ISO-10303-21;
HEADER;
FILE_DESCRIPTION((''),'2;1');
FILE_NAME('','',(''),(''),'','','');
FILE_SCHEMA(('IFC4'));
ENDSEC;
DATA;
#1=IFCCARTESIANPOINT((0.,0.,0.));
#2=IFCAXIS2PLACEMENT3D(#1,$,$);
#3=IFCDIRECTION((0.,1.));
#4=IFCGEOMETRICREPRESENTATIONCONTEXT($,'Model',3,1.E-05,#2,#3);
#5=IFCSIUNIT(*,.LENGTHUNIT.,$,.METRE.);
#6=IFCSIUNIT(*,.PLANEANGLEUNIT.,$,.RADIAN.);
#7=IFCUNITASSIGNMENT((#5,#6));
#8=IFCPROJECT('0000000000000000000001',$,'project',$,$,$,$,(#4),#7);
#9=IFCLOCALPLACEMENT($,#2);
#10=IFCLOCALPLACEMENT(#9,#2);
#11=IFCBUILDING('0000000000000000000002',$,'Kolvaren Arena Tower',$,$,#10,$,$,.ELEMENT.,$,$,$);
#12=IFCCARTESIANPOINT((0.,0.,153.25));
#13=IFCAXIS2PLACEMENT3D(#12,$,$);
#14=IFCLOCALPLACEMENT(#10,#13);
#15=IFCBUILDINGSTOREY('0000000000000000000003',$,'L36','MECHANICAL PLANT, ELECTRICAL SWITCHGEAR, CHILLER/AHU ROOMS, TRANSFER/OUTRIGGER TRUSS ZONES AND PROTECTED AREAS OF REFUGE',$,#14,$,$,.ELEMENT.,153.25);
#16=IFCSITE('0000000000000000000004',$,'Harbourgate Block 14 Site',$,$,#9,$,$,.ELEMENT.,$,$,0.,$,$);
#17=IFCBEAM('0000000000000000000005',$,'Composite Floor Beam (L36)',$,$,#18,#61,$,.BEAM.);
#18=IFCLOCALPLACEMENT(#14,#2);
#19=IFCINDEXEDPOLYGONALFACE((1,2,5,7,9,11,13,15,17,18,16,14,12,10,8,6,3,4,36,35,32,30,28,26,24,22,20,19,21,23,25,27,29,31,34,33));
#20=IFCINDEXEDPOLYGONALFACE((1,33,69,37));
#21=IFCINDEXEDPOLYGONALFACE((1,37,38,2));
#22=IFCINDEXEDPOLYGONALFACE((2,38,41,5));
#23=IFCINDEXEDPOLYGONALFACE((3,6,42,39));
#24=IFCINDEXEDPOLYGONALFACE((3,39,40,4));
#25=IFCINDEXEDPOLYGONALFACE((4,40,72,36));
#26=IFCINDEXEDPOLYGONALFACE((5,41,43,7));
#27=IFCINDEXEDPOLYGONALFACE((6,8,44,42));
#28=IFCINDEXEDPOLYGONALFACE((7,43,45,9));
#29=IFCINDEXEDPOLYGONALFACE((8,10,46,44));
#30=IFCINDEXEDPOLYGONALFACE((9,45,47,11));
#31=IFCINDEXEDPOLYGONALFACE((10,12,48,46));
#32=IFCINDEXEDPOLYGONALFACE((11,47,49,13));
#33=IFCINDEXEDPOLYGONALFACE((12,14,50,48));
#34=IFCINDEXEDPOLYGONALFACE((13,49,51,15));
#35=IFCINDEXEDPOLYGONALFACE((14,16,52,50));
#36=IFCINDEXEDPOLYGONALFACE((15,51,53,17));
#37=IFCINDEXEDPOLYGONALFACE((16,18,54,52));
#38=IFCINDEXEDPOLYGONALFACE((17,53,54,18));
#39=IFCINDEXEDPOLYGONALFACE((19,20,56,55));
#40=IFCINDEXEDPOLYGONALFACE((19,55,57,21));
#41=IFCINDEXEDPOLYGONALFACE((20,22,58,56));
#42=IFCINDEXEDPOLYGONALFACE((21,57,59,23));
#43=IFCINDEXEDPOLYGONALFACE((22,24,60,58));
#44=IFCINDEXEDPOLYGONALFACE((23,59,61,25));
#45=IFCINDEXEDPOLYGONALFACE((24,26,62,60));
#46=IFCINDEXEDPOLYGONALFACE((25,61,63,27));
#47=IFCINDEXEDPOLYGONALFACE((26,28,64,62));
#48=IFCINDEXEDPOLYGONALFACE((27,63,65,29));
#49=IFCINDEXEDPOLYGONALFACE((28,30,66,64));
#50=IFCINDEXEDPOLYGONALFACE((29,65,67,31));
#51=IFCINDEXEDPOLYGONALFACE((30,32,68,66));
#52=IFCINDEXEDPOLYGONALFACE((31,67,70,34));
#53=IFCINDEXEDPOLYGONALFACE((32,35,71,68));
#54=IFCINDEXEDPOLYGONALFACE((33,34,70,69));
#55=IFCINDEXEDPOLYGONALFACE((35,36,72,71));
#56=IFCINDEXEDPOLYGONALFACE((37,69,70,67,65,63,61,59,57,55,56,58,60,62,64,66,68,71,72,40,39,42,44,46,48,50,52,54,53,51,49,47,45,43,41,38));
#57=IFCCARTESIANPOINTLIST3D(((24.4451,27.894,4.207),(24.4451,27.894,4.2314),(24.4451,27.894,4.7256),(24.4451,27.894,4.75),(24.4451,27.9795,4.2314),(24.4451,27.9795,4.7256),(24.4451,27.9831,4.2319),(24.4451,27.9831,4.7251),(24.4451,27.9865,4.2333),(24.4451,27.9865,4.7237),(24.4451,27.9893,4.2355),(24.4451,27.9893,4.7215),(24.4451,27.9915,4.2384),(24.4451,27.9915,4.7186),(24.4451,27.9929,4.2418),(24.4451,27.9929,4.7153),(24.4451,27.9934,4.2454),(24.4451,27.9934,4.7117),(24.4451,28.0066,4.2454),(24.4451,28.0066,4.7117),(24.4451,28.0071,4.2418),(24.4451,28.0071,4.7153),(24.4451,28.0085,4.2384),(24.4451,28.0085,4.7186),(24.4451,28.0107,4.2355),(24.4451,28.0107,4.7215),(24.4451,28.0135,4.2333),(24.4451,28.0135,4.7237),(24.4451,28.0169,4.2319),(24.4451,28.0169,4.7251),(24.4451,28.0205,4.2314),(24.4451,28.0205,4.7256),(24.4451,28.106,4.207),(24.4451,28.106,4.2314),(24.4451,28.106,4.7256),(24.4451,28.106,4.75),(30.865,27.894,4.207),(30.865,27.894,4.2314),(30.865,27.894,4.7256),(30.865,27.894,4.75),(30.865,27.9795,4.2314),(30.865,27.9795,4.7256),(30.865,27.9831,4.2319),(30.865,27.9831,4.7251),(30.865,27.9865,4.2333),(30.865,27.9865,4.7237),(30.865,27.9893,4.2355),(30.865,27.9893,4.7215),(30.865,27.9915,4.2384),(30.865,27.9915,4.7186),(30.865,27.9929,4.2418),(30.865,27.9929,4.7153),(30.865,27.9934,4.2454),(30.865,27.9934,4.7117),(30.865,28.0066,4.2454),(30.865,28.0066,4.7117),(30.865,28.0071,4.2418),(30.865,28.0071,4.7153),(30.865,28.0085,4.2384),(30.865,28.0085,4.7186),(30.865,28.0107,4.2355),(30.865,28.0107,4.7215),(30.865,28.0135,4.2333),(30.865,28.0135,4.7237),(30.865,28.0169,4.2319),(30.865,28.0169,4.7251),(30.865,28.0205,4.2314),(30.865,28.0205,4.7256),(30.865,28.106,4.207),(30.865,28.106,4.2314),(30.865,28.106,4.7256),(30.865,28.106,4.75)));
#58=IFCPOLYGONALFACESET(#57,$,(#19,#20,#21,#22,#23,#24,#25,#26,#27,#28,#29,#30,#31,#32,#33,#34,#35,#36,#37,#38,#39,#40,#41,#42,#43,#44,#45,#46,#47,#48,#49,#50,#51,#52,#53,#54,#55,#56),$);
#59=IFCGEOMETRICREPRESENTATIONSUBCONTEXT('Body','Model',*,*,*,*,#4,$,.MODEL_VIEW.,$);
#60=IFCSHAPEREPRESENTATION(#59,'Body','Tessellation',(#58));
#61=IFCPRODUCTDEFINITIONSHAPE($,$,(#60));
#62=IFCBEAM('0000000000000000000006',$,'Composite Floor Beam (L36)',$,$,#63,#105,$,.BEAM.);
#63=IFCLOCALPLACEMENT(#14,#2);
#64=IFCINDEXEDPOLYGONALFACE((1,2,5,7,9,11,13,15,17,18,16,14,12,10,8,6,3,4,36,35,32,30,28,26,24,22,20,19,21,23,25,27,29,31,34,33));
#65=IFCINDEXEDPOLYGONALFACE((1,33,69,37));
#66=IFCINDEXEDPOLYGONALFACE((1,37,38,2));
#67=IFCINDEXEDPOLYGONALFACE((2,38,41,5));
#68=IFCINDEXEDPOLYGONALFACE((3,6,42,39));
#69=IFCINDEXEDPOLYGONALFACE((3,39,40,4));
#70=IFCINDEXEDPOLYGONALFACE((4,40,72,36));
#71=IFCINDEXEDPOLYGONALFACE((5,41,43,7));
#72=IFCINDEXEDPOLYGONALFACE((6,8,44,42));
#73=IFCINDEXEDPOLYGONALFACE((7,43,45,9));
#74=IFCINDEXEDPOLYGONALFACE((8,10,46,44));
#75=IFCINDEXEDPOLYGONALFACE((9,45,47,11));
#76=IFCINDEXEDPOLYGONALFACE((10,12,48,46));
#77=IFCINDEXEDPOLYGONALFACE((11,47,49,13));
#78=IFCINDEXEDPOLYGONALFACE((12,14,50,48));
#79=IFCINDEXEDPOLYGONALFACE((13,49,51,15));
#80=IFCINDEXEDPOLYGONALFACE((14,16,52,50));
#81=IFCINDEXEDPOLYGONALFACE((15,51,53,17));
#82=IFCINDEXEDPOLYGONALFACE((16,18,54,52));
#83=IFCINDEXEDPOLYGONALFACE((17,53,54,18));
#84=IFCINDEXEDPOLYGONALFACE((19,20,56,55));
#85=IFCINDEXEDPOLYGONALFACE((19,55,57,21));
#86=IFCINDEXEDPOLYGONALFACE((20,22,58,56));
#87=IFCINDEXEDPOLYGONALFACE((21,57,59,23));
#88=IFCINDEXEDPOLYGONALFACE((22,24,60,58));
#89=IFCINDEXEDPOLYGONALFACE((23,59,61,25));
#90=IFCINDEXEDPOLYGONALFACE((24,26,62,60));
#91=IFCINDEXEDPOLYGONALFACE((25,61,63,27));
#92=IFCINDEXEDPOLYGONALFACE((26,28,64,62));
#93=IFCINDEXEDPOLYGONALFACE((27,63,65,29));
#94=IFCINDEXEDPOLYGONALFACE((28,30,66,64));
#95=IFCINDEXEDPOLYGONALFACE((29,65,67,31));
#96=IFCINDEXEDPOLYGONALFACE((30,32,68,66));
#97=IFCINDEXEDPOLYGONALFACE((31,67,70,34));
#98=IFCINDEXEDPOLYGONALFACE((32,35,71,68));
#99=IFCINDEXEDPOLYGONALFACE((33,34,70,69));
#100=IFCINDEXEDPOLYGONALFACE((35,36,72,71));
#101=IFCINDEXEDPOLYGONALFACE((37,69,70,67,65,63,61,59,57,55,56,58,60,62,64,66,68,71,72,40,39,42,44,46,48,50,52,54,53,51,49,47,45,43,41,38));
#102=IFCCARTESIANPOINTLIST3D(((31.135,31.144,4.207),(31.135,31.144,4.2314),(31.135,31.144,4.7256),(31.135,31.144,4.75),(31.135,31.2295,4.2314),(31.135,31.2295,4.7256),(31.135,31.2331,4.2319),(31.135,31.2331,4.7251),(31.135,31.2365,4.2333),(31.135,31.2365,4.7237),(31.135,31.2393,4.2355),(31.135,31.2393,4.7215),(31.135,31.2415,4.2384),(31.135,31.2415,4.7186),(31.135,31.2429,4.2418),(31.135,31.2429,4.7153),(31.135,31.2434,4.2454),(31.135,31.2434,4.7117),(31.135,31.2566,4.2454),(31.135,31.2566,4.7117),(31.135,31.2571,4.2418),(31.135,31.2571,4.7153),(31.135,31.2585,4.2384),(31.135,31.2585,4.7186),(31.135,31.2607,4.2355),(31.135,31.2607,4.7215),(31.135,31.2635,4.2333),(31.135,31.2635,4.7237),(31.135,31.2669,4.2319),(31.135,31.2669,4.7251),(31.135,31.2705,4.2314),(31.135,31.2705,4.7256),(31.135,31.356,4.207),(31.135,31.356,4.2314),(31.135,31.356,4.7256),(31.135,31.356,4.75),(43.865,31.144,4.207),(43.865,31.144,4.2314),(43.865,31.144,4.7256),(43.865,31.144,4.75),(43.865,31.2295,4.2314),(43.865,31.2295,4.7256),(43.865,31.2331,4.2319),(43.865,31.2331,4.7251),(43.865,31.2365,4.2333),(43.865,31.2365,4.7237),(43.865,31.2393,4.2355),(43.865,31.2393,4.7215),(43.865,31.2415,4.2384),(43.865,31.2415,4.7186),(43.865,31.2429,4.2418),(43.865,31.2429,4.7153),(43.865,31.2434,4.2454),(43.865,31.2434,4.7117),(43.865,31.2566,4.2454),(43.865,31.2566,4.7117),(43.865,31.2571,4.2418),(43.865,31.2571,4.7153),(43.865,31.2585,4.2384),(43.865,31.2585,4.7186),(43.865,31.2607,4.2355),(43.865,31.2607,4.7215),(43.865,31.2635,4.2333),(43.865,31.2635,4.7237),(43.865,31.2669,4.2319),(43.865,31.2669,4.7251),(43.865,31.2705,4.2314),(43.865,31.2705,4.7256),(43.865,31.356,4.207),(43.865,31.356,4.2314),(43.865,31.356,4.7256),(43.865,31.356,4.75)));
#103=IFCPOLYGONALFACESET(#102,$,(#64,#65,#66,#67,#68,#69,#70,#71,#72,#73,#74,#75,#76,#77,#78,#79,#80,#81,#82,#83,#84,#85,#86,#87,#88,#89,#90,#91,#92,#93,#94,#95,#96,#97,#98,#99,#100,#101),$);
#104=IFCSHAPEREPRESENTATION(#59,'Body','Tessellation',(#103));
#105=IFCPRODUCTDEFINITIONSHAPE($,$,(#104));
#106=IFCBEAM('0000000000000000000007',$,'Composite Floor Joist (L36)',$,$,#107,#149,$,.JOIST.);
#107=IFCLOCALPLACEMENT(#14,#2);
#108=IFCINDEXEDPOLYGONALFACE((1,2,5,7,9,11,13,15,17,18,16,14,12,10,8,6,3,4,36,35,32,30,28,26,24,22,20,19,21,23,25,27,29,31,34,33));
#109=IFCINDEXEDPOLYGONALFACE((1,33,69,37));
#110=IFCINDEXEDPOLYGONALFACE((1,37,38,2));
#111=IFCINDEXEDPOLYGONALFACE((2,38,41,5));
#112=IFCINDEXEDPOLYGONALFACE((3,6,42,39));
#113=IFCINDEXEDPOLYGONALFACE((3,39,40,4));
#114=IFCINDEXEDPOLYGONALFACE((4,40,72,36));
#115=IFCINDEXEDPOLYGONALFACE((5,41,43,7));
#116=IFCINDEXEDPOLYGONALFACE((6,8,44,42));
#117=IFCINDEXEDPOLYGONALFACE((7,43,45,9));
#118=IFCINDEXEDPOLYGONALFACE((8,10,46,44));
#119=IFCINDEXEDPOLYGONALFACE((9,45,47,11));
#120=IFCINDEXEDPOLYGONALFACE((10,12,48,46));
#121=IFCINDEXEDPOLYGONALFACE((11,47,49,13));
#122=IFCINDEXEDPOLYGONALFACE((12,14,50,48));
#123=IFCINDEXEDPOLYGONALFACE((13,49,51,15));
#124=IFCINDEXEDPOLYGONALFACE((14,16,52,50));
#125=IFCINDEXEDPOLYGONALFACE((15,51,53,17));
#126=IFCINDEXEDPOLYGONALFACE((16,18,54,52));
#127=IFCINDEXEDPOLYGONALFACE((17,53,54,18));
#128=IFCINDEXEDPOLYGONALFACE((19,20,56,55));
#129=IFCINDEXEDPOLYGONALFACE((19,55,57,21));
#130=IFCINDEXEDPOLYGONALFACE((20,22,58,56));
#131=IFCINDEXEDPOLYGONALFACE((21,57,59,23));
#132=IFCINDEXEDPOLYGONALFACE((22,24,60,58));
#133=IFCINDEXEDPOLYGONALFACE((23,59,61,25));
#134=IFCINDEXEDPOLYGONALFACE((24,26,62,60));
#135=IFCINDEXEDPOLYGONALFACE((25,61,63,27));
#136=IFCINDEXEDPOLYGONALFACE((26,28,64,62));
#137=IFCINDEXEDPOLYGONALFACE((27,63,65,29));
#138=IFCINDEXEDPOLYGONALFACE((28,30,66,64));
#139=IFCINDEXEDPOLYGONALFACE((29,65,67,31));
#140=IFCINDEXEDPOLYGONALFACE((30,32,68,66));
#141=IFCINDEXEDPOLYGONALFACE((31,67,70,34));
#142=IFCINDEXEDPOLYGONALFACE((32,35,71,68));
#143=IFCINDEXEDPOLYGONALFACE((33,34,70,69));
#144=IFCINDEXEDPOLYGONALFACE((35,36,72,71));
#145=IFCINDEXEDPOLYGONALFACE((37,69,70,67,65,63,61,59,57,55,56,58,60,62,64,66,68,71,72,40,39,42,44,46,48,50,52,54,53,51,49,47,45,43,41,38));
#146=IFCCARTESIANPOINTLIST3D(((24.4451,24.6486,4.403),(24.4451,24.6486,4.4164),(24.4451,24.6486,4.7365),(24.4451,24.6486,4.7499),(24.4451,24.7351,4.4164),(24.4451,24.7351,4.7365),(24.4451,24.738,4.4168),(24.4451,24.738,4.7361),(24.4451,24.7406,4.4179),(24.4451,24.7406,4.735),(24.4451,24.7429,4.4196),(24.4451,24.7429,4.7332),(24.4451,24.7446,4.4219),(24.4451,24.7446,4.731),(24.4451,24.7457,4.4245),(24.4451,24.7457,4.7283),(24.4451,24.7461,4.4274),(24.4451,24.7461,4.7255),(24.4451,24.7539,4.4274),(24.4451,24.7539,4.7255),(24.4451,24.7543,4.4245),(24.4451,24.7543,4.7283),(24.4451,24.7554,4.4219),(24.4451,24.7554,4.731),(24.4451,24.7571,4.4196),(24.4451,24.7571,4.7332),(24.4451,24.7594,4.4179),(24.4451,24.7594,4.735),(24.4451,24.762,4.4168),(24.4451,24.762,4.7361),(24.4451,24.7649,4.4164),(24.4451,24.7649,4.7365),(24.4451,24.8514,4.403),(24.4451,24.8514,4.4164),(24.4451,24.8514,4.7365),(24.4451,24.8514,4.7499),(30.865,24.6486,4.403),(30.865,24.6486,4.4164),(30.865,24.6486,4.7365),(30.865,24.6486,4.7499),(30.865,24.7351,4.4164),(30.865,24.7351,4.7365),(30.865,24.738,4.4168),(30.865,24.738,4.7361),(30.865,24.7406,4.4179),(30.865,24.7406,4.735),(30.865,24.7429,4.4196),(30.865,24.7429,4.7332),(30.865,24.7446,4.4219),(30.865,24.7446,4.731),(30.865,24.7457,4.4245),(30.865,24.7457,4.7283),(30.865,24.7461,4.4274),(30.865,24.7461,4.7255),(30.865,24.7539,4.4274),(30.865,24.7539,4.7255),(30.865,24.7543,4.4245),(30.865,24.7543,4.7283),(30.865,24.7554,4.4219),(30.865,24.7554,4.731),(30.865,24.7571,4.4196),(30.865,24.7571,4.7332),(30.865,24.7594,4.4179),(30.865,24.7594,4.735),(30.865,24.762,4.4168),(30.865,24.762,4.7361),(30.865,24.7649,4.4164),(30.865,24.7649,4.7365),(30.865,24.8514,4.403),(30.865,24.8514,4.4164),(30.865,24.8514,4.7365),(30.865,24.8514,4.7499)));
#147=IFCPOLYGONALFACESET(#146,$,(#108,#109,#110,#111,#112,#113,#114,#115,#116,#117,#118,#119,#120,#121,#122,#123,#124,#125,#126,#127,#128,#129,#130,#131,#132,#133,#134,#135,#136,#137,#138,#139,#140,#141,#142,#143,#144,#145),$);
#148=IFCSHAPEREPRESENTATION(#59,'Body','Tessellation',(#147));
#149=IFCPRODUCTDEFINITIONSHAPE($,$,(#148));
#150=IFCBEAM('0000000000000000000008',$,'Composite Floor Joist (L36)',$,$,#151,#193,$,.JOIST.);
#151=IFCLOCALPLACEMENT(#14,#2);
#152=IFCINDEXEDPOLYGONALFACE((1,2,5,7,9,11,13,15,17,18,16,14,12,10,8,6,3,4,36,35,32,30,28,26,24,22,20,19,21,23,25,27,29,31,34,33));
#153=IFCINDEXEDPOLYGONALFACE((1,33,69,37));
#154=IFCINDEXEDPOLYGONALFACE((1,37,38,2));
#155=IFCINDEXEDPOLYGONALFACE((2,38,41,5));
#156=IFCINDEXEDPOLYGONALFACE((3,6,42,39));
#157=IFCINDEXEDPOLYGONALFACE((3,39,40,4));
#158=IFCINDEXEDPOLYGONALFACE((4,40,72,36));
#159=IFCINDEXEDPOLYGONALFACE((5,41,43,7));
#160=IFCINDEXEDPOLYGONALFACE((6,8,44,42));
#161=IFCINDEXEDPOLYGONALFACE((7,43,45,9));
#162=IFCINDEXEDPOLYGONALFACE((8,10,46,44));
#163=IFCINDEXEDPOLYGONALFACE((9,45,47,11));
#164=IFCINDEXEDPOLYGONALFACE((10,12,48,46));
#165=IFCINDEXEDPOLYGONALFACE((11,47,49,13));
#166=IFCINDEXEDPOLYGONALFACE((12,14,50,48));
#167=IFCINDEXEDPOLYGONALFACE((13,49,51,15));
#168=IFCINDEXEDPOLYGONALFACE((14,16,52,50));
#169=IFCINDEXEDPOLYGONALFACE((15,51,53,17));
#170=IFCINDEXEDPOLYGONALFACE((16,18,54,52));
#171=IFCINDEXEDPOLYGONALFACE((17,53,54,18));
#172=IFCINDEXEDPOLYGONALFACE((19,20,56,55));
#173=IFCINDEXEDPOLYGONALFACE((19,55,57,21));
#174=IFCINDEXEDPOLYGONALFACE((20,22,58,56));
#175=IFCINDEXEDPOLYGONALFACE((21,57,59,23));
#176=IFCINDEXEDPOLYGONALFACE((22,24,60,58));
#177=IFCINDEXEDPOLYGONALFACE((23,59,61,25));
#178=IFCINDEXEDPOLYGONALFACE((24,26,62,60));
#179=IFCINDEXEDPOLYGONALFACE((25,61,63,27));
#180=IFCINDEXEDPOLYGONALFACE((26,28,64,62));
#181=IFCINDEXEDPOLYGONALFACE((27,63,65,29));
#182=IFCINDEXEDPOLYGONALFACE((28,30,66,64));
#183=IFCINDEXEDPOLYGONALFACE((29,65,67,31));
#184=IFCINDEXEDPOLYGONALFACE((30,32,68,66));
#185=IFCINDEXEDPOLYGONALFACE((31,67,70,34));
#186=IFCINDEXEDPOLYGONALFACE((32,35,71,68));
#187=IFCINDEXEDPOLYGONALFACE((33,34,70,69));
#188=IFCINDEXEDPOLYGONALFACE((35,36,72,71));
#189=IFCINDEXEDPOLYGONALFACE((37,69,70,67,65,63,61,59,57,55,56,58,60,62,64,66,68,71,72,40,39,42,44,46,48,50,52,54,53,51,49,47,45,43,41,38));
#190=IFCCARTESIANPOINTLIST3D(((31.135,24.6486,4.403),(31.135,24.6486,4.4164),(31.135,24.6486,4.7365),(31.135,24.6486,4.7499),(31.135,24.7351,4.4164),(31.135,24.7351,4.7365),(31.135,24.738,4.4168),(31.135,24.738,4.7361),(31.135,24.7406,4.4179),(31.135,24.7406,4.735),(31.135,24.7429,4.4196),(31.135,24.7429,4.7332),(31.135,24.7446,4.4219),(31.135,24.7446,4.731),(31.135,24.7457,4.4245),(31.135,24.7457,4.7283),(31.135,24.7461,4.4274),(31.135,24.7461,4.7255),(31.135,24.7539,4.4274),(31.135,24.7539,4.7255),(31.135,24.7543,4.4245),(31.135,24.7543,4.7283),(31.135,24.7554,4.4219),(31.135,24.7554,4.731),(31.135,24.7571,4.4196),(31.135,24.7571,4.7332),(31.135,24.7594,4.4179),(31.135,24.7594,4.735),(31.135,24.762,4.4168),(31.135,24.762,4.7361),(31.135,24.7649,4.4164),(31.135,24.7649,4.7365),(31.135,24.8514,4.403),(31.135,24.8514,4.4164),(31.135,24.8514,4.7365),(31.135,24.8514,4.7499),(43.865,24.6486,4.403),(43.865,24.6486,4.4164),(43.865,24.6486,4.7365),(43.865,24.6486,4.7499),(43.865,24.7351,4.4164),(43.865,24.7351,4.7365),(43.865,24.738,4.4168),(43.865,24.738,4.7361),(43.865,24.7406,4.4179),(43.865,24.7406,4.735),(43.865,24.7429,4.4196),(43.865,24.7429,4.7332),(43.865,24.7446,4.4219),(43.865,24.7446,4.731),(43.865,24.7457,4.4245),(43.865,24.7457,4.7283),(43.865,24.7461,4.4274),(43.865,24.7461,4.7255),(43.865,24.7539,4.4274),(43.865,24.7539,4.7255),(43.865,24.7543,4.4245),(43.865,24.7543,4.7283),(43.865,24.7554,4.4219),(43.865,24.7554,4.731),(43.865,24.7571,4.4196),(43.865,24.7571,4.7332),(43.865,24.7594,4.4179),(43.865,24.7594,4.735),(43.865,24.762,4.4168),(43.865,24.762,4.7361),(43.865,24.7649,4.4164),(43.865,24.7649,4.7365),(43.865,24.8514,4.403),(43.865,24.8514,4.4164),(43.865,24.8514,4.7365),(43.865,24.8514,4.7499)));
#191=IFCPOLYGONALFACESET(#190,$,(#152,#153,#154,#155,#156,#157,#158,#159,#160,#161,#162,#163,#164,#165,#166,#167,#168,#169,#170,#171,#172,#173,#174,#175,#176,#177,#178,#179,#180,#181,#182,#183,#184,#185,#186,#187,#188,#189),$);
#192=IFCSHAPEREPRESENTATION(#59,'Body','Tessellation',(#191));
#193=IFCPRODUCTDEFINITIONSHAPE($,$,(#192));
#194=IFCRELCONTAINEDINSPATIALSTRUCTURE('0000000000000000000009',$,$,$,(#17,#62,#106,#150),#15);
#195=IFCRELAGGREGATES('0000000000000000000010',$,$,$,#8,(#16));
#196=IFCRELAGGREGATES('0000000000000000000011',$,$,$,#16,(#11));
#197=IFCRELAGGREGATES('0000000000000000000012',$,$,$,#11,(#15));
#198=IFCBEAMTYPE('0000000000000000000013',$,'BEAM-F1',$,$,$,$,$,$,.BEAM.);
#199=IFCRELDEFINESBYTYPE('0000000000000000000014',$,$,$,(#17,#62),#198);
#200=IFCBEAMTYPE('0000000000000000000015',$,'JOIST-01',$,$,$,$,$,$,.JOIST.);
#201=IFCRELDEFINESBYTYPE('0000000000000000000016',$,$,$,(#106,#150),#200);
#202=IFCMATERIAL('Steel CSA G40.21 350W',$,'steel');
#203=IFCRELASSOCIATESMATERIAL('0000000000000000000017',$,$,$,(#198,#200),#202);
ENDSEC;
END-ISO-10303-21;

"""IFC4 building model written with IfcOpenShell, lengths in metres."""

from ifc_helpers import new_model, si_unit, direction, frame, origin, origin_2d, place, context, subcontext, project, spatial, i_section, extrude, material, material_profile, profile_set, type_object, element, save


model = new_model("IFC4")

# Units and contexts
model_context = context("Model", 3, precision=1e-05, world=origin(), true_north=direction((0.0, 1.0)))
body_context = subcontext(model_context, "Body", "Model", "MODEL_VIEW")
ifc_project = project(units=[si_unit("LENGTHUNIT", "METRE"), si_unit("PLANEANGLEUNIT", "RADIAN")], contexts=[model_context])

# Site, building, storey
site_placement = place(None, origin())
site = spatial("IfcSite", under=ifc_project, at=site_placement, Name="Harbourgate Block 14 Site", CompositionType="ELEMENT", RefElevation=0.0)
building_placement = place(site_placement, origin())
building = spatial("IfcBuilding", under=site, at=building_placement, Name="Kolvaren Arena Tower", CompositionType="ELEMENT")
storey_placement = place(building_placement, frame((0.0, 0.0, 153.25)))
storey = spatial("IfcBuildingStorey", under=building, at=storey_placement, Name="L36", Description="MECHANICAL PLANT, ELECTRICAL SWITCHGEAR, CHILLER/AHU ROOMS, TRANSFER/OUTRIGGER TRUSS ZONES AND PROTECTED AREAS OF REFUGE", CompositionType="ELEMENT", Elevation=153.25)

# Beams
ifc_material_1 = material(Name="Steel CSA G40.21 350W", Category="steel")
ifc_material_profile_1 = material_profile(ifc_material_1, i_section(OverallWidth=0.2119, OverallDepth=0.543, WebThickness=0.0132, FlangeThickness=0.0244, FilletRadius=0.0139, at=origin_2d()), Name="W530x150")
ifc_profile_set_1 = profile_set([ifc_material_profile_1], Name="Steel CSA G40.21 350W")
beam_type_1 = type_object("IfcBeamType", Name="BEAM-F1", PredefinedType="BEAM", material=ifc_profile_set_1)
beam_1_placement = place(storey_placement, frame((24.4451, 28.0, 4.4785), z_axis=(1.0, 0.0, 0.0), x_axis=(0.0, 1.0, 0.0)))
element("IfcBeam", 1, at=beam_1_placement, inside=storey, type_object=beam_type_1, Name="Composite Floor Beam (L36)", PredefinedType="BEAM", context=body_context, shape_type="SweptSolid", body=[
    extrude(i_section(OverallWidth=0.2119, OverallDepth=0.543, WebThickness=0.0132, FlangeThickness=0.0244, FilletRadius=0.0139, at=origin_2d()), origin(), (0.0, 0.0, 1.0), 6.4199),
])
beam_2_placement = place(storey_placement, frame((31.135, 31.25, 4.4785), z_axis=(1.0, 0.0, 0.0), x_axis=(0.0, 1.0, 0.0)))
element("IfcBeam", 2, at=beam_2_placement, inside=storey, type_object=beam_type_1, Name="Composite Floor Beam (L36)", PredefinedType="BEAM", context=body_context, shape_type="SweptSolid", body=[
    extrude(i_section(OverallWidth=0.2119, OverallDepth=0.543, WebThickness=0.0132, FlangeThickness=0.0244, FilletRadius=0.0139, at=origin_2d()), origin(), (0.0, 0.0, 1.0), 12.73),
])
ifc_material_profile_2 = material_profile(ifc_material_1, i_section(OverallWidth=0.2029, OverallDepth=0.3469, WebThickness=0.0078, FlangeThickness=0.0134, FilletRadius=0.011, at=origin_2d()), Name="W360x64")
ifc_profile_set_2 = profile_set([ifc_material_profile_2], Name="Steel CSA G40.21 350W")
beam_type_2 = type_object("IfcBeamType", Name="JOIST-01", PredefinedType="JOIST", material=ifc_profile_set_2)
beam_3_placement = place(storey_placement, frame((24.4451, 24.75, 4.5764), z_axis=(1.0, 0.0, 0.0), x_axis=(0.0, 1.0, 0.0)))
element("IfcBeam", 3, at=beam_3_placement, inside=storey, type_object=beam_type_2, Name="Composite Floor Joist (L36)", PredefinedType="JOIST", context=body_context, shape_type="SweptSolid", body=[
    extrude(i_section(OverallWidth=0.2029, OverallDepth=0.3469, WebThickness=0.0078, FlangeThickness=0.0134, FilletRadius=0.011, at=origin_2d()), origin(), (0.0, 0.0, 1.0), 6.4199),
])
for number, where, z_axis, x_axis, name in (
    (4, (31.135, 24.75, 4.5764), (1.0, 0.0, 0.0), (0.0, 1.0, 0.0), "Composite Floor Joist (L36)"),
):
    element("IfcBeam", number, at=place(storey_placement, frame(where, z_axis=z_axis, x_axis=x_axis)), inside=storey, type_object=beam_type_2, Name=name, PredefinedType="JOIST", context=body_context, shape_type="SweptSolid", body=[
        extrude(i_section(OverallWidth=0.2029, OverallDepth=0.3469, WebThickness=0.0078, FlangeThickness=0.0134, FilletRadius=0.011, at=origin_2d()), origin(), (0.0, 0.0, 1.0), 12.73),
    ])

save(model, "model.ifc")
